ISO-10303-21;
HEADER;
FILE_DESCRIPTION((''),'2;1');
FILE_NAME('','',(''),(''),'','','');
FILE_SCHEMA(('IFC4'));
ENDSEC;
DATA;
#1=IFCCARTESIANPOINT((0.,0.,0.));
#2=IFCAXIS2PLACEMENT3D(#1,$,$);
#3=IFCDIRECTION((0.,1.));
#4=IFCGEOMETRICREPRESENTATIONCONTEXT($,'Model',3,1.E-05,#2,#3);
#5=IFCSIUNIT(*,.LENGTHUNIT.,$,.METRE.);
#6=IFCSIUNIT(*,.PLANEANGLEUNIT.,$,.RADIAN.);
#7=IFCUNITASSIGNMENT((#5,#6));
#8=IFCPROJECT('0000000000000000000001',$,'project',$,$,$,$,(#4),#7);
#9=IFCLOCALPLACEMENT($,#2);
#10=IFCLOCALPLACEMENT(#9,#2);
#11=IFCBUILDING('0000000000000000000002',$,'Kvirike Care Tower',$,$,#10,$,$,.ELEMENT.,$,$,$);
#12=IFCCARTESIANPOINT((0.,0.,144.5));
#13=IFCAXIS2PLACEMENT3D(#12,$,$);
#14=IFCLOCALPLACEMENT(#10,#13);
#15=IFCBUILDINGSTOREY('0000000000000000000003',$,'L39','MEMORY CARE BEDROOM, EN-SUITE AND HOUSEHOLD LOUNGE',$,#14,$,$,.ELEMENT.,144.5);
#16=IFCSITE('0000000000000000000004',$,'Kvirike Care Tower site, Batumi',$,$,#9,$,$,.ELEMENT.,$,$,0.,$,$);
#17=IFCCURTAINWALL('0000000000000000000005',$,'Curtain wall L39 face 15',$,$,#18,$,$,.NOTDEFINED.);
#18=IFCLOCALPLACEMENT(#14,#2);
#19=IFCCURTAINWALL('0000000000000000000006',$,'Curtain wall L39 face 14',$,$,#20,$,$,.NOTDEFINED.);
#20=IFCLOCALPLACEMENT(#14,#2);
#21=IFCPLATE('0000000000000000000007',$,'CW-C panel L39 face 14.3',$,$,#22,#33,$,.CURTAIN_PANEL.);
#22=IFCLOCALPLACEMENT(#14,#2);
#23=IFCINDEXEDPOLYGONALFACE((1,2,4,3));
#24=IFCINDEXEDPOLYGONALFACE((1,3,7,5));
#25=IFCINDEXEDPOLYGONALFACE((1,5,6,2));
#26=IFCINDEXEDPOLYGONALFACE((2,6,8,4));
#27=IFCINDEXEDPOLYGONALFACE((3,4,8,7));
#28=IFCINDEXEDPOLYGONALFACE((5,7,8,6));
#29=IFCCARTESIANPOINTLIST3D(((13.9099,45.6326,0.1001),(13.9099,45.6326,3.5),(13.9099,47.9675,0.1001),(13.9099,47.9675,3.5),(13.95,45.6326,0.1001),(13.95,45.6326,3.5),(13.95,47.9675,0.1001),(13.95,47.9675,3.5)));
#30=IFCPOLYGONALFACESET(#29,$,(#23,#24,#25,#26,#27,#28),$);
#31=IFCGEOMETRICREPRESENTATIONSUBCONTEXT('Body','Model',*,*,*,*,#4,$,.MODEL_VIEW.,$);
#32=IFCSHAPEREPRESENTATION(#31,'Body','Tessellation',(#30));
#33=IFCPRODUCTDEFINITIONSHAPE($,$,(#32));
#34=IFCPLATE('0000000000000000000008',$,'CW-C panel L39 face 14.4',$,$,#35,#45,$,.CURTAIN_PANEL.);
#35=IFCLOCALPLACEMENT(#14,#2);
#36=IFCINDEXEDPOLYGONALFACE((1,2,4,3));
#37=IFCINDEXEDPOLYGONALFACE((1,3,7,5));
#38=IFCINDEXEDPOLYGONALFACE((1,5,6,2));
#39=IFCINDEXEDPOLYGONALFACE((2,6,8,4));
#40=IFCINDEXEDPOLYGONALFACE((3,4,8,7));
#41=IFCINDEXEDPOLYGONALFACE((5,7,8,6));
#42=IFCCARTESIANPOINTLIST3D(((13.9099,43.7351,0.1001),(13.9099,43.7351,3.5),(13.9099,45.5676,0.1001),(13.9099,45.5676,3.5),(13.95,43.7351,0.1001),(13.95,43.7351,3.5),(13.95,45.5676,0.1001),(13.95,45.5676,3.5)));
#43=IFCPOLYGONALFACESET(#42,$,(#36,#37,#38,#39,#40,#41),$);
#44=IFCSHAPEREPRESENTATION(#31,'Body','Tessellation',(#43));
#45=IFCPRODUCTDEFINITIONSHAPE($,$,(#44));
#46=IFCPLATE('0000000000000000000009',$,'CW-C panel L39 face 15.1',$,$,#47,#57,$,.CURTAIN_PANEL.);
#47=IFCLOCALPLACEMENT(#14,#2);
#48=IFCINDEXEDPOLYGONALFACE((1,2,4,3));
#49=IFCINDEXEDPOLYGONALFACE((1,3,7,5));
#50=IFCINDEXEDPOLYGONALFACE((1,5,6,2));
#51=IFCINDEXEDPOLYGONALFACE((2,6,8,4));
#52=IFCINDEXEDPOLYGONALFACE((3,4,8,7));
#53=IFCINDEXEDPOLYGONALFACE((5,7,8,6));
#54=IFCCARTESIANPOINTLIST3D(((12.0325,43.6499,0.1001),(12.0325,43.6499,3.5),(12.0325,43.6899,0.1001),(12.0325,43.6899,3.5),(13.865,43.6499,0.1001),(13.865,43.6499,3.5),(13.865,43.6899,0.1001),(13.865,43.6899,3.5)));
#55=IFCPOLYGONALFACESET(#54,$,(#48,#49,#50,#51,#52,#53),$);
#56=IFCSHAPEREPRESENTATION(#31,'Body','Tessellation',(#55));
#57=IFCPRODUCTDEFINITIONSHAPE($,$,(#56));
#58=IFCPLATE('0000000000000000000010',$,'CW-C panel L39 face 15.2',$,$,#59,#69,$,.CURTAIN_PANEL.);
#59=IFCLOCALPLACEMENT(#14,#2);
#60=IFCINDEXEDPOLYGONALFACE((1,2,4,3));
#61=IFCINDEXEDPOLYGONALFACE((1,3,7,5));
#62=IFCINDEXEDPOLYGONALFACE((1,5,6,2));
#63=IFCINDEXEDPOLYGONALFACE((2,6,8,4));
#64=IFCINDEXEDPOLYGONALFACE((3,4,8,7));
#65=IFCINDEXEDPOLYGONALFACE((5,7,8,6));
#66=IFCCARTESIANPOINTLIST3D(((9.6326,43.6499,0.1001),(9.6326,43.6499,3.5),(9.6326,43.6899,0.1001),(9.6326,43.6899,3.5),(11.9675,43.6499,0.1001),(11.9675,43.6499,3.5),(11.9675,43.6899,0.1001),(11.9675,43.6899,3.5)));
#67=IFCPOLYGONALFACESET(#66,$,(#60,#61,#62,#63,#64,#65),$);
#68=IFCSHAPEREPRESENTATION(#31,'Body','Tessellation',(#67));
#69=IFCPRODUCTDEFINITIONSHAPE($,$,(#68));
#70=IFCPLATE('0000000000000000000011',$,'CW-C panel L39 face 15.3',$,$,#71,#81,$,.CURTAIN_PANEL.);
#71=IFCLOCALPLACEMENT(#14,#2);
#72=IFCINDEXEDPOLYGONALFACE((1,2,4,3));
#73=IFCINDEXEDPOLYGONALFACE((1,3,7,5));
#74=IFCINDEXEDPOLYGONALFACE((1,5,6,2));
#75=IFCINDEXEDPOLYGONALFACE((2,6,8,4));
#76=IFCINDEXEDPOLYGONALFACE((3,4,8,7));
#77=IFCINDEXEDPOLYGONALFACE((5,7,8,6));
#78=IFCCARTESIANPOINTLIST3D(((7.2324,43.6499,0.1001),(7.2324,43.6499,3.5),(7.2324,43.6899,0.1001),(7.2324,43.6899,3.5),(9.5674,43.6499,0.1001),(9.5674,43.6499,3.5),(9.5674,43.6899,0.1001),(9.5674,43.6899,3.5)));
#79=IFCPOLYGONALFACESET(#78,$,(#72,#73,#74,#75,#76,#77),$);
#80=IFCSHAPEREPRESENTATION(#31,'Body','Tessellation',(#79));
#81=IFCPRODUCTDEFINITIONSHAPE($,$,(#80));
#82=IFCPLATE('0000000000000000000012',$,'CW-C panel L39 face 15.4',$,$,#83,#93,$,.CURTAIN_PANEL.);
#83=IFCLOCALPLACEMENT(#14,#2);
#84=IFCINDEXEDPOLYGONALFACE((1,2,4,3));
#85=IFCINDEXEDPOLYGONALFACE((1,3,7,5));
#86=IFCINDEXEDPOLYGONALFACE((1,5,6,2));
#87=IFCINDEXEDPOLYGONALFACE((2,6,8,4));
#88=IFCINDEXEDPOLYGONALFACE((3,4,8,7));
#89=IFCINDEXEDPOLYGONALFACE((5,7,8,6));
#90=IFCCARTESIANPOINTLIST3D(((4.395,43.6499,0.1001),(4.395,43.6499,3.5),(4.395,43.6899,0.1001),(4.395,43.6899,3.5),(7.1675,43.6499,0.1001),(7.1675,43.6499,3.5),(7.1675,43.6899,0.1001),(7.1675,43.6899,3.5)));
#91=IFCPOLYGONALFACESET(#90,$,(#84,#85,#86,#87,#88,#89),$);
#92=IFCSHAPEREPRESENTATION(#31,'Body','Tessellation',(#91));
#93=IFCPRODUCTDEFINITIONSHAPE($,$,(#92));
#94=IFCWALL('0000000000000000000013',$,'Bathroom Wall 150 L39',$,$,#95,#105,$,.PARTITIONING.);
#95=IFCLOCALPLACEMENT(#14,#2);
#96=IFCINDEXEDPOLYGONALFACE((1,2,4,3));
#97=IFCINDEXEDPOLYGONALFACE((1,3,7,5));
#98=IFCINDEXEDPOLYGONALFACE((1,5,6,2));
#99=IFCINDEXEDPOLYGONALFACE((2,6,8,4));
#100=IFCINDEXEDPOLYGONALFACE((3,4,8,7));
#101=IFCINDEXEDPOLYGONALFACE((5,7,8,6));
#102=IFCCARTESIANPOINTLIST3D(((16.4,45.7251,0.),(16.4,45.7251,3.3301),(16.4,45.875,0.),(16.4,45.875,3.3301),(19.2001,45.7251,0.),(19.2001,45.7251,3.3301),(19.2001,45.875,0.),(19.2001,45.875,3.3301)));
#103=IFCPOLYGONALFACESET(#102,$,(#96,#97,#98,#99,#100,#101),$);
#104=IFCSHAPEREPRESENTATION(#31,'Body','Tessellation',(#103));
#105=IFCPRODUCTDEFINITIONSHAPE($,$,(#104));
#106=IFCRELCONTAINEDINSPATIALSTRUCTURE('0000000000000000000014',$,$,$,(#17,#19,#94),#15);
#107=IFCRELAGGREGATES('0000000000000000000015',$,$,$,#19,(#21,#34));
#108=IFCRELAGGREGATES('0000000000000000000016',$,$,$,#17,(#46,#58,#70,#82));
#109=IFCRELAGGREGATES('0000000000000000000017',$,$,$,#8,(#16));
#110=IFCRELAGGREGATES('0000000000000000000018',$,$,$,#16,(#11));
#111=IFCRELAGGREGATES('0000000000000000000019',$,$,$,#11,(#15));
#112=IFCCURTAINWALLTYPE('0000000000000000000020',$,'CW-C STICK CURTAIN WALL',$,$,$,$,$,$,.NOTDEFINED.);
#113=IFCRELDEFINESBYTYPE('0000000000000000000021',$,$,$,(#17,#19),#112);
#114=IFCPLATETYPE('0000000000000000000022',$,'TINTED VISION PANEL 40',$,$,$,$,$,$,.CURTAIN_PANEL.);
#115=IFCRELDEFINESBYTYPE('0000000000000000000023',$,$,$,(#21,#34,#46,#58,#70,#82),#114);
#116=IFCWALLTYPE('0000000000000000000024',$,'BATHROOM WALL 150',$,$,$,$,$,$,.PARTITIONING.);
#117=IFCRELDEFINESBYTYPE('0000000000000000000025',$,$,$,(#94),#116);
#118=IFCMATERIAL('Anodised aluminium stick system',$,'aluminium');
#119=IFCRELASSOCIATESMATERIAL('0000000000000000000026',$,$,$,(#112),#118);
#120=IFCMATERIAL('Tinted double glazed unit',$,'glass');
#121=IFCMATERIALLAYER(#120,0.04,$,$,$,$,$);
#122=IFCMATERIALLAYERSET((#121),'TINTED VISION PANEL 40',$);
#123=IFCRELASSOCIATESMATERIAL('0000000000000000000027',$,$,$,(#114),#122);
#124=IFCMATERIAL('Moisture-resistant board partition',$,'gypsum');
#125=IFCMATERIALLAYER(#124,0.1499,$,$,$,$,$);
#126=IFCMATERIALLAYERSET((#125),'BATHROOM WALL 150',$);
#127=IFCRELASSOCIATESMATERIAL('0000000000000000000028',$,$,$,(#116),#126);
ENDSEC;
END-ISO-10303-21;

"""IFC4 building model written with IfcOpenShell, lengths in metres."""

from ifc_helpers import new_model, si_unit, direction, frame, frame_2d, origin, origin_2d, place, context, subcontext, project, spatial, rectangle, extrude, material, layer, layer_set, type_object, element, aggregate, save


model = new_model("IFC4")

# Units and contexts
model_context = context("Model", 3, precision=1e-05, world=origin(), true_north=direction((0.0, 1.0)))
body_context = subcontext(model_context, "Body", "Model", "MODEL_VIEW")
ifc_project = project(units=[si_unit("LENGTHUNIT", "METRE"), si_unit("PLANEANGLEUNIT", "RADIAN")], contexts=[model_context])

# Site, building, storey
site_placement = place(None, origin())
site = spatial("IfcSite", under=ifc_project, at=site_placement, Name="Kvirike Care Tower site, Batumi", CompositionType="ELEMENT", RefElevation=0.0)
building_placement = place(site_placement, origin())
building = spatial("IfcBuilding", under=site, at=building_placement, Name="Kvirike Care Tower", CompositionType="ELEMENT")
storey_placement = place(building_placement, frame((0.0, 0.0, 144.5)))
storey = spatial("IfcBuildingStorey", under=building, at=storey_placement, Name="L39", Description="MEMORY CARE BEDROOM, EN-SUITE AND HOUSEHOLD LOUNGE", CompositionType="ELEMENT", Elevation=144.5)

# Curtain wall
ifc_material_1 = material(Name="Anodised aluminium stick system", Category="aluminium")
curtain_wall_type = type_object("IfcCurtainWallType", Name="CW-C STICK CURTAIN WALL", PredefinedType="NOTDEFINED", material=ifc_material_1)
curtain_wall_1_placement = place(storey_placement, origin())
curtain_wall_1 = element("IfcCurtainWall", 1, at=curtain_wall_1_placement, inside=storey, type_object=curtain_wall_type, Name="Curtain wall L39 face 15", PredefinedType="NOTDEFINED")

# Curtain wall
curtain_wall_2_placement = place(storey_placement, origin())
curtain_wall_2 = element("IfcCurtainWall", 2, at=curtain_wall_2_placement, inside=storey, type_object=curtain_wall_type, Name="Curtain wall L39 face 14", PredefinedType="NOTDEFINED")

# Plates
ifc_material_2 = material(Name="Tinted double glazed unit", Category="glass")
ifc_layer_1 = layer(ifc_material_2, 0.04)
ifc_layer_set_1 = layer_set([ifc_layer_1], Name="TINTED VISION PANEL 40")
plate_type = type_object("IfcPlateType", Name="TINTED VISION PANEL 40", PredefinedType="CURTAIN_PANEL", material=ifc_layer_set_1)
plate_1_placement = place(storey_placement, frame((13.9299, 46.8, 0.1001), z_axis=(0.0, 0.0, 1.0), x_axis=(0.0, -1.0, 0.0)))
plate_1 = element("IfcPlate", 3, at=plate_1_placement, type_object=plate_type, Name="CW-C panel L39 face 14.3", PredefinedType="CURTAIN_PANEL", context=body_context, shape_type="SweptSolid", body=[
    extrude(rectangle(XDim=2.335, YDim=0.04, at=origin_2d()), origin(), (0.0, 0.0, 1.0), 3.3999),
])
plate_2_placement = place(storey_placement, frame((13.9299, 44.6514, 0.1001), z_axis=(0.0, 0.0, 1.0), x_axis=(0.0, -1.0, 0.0)))
plate_2 = element("IfcPlate", 4, at=plate_2_placement, type_object=plate_type, Name="CW-C panel L39 face 14.4", PredefinedType="CURTAIN_PANEL", context=body_context, shape_type="SweptSolid", body=[
    extrude(rectangle(XDim=1.8325, YDim=0.04, at=origin_2d()), origin(), (0.0, 0.0, 1.0), 3.3999),
])
aggregate(curtain_wall_2, [plate_1, plate_2])
plate_3_placement = place(storey_placement, frame((12.9487, 43.6699, 0.1001), z_axis=(0.0, 0.0, 1.0), x_axis=(-1.0, 0.0, 0.0)))
plate_3 = element("IfcPlate", 5, at=plate_3_placement, type_object=plate_type, Name="CW-C panel L39 face 15.1", PredefinedType="CURTAIN_PANEL", context=body_context, shape_type="SweptSolid", body=[
    extrude(rectangle(XDim=1.8325, YDim=0.04, at=origin_2d()), origin(), (0.0, 0.0, 1.0), 3.3999),
])
plate_4_placement = place(storey_placement, frame((10.8, 43.6699, 0.1001), z_axis=(0.0, 0.0, 1.0), x_axis=(-1.0, 0.0, 0.0)))
plate_4 = element("IfcPlate", 6, at=plate_4_placement, type_object=plate_type, Name="CW-C panel L39 face 15.2", PredefinedType="CURTAIN_PANEL", context=body_context, shape_type="SweptSolid", body=[
    extrude(rectangle(XDim=2.335, YDim=0.04, at=origin_2d()), origin(), (0.0, 0.0, 1.0), 3.3999),
])
plate_5_placement = place(storey_placement, frame((8.3999, 43.6699, 0.1001), z_axis=(0.0, 0.0, 1.0), x_axis=(-1.0, 0.0, 0.0)))
plate_5 = element("IfcPlate", 7, at=plate_5_placement, type_object=plate_type, Name="CW-C panel L39 face 15.3", PredefinedType="CURTAIN_PANEL", context=body_context, shape_type="SweptSolid", body=[
    extrude(rectangle(XDim=2.335, YDim=0.04, at=origin_2d()), origin(), (0.0, 0.0, 1.0), 3.3999),
])
plate_6_placement = place(storey_placement, frame((5.7812, 43.6699, 0.1001), z_axis=(0.0, 0.0, 1.0), x_axis=(-1.0, 0.0, 0.0)))
plate_6 = element("IfcPlate", 8, at=plate_6_placement, type_object=plate_type, Name="CW-C panel L39 face 15.4", PredefinedType="CURTAIN_PANEL", context=body_context, shape_type="SweptSolid", body=[
    extrude(rectangle(XDim=2.7725, YDim=0.04, at=origin_2d()), origin(), (0.0, 0.0, 1.0), 3.3999),
])
aggregate(curtain_wall_1, [plate_3, plate_4, plate_5, plate_6])

# Wall
ifc_material_3 = material(Name="Moisture-resistant board partition", Category="gypsum")
ifc_layer_2 = layer(ifc_material_3, 0.1499)
ifc_layer_set_2 = layer_set([ifc_layer_2], Name="BATHROOM WALL 150")
wall_type_1 = type_object("IfcWallType", Name="BATHROOM WALL 150", PredefinedType="PARTITIONING", material=ifc_layer_set_2)
wall_1_placement = place(storey_placement, frame((19.2, 45.8, 0.0), z_axis=(0.0, 0.0, 1.0), x_axis=(-1.0, 0.0, 0.0)))
element("IfcWall", 9, at=wall_1_placement, inside=storey, type_object=wall_type_1, Name="Bathroom Wall 150 L39", PredefinedType="PARTITIONING", context=body_context, shape_type="SweptSolid", body=[
    extrude(rectangle(XDim=2.8, YDim=0.1499, at=frame_2d((1.3999, 0.0))), origin(), (0.0, 0.0, 1.0), 3.3301),
])

save(model, "model.ifc")
